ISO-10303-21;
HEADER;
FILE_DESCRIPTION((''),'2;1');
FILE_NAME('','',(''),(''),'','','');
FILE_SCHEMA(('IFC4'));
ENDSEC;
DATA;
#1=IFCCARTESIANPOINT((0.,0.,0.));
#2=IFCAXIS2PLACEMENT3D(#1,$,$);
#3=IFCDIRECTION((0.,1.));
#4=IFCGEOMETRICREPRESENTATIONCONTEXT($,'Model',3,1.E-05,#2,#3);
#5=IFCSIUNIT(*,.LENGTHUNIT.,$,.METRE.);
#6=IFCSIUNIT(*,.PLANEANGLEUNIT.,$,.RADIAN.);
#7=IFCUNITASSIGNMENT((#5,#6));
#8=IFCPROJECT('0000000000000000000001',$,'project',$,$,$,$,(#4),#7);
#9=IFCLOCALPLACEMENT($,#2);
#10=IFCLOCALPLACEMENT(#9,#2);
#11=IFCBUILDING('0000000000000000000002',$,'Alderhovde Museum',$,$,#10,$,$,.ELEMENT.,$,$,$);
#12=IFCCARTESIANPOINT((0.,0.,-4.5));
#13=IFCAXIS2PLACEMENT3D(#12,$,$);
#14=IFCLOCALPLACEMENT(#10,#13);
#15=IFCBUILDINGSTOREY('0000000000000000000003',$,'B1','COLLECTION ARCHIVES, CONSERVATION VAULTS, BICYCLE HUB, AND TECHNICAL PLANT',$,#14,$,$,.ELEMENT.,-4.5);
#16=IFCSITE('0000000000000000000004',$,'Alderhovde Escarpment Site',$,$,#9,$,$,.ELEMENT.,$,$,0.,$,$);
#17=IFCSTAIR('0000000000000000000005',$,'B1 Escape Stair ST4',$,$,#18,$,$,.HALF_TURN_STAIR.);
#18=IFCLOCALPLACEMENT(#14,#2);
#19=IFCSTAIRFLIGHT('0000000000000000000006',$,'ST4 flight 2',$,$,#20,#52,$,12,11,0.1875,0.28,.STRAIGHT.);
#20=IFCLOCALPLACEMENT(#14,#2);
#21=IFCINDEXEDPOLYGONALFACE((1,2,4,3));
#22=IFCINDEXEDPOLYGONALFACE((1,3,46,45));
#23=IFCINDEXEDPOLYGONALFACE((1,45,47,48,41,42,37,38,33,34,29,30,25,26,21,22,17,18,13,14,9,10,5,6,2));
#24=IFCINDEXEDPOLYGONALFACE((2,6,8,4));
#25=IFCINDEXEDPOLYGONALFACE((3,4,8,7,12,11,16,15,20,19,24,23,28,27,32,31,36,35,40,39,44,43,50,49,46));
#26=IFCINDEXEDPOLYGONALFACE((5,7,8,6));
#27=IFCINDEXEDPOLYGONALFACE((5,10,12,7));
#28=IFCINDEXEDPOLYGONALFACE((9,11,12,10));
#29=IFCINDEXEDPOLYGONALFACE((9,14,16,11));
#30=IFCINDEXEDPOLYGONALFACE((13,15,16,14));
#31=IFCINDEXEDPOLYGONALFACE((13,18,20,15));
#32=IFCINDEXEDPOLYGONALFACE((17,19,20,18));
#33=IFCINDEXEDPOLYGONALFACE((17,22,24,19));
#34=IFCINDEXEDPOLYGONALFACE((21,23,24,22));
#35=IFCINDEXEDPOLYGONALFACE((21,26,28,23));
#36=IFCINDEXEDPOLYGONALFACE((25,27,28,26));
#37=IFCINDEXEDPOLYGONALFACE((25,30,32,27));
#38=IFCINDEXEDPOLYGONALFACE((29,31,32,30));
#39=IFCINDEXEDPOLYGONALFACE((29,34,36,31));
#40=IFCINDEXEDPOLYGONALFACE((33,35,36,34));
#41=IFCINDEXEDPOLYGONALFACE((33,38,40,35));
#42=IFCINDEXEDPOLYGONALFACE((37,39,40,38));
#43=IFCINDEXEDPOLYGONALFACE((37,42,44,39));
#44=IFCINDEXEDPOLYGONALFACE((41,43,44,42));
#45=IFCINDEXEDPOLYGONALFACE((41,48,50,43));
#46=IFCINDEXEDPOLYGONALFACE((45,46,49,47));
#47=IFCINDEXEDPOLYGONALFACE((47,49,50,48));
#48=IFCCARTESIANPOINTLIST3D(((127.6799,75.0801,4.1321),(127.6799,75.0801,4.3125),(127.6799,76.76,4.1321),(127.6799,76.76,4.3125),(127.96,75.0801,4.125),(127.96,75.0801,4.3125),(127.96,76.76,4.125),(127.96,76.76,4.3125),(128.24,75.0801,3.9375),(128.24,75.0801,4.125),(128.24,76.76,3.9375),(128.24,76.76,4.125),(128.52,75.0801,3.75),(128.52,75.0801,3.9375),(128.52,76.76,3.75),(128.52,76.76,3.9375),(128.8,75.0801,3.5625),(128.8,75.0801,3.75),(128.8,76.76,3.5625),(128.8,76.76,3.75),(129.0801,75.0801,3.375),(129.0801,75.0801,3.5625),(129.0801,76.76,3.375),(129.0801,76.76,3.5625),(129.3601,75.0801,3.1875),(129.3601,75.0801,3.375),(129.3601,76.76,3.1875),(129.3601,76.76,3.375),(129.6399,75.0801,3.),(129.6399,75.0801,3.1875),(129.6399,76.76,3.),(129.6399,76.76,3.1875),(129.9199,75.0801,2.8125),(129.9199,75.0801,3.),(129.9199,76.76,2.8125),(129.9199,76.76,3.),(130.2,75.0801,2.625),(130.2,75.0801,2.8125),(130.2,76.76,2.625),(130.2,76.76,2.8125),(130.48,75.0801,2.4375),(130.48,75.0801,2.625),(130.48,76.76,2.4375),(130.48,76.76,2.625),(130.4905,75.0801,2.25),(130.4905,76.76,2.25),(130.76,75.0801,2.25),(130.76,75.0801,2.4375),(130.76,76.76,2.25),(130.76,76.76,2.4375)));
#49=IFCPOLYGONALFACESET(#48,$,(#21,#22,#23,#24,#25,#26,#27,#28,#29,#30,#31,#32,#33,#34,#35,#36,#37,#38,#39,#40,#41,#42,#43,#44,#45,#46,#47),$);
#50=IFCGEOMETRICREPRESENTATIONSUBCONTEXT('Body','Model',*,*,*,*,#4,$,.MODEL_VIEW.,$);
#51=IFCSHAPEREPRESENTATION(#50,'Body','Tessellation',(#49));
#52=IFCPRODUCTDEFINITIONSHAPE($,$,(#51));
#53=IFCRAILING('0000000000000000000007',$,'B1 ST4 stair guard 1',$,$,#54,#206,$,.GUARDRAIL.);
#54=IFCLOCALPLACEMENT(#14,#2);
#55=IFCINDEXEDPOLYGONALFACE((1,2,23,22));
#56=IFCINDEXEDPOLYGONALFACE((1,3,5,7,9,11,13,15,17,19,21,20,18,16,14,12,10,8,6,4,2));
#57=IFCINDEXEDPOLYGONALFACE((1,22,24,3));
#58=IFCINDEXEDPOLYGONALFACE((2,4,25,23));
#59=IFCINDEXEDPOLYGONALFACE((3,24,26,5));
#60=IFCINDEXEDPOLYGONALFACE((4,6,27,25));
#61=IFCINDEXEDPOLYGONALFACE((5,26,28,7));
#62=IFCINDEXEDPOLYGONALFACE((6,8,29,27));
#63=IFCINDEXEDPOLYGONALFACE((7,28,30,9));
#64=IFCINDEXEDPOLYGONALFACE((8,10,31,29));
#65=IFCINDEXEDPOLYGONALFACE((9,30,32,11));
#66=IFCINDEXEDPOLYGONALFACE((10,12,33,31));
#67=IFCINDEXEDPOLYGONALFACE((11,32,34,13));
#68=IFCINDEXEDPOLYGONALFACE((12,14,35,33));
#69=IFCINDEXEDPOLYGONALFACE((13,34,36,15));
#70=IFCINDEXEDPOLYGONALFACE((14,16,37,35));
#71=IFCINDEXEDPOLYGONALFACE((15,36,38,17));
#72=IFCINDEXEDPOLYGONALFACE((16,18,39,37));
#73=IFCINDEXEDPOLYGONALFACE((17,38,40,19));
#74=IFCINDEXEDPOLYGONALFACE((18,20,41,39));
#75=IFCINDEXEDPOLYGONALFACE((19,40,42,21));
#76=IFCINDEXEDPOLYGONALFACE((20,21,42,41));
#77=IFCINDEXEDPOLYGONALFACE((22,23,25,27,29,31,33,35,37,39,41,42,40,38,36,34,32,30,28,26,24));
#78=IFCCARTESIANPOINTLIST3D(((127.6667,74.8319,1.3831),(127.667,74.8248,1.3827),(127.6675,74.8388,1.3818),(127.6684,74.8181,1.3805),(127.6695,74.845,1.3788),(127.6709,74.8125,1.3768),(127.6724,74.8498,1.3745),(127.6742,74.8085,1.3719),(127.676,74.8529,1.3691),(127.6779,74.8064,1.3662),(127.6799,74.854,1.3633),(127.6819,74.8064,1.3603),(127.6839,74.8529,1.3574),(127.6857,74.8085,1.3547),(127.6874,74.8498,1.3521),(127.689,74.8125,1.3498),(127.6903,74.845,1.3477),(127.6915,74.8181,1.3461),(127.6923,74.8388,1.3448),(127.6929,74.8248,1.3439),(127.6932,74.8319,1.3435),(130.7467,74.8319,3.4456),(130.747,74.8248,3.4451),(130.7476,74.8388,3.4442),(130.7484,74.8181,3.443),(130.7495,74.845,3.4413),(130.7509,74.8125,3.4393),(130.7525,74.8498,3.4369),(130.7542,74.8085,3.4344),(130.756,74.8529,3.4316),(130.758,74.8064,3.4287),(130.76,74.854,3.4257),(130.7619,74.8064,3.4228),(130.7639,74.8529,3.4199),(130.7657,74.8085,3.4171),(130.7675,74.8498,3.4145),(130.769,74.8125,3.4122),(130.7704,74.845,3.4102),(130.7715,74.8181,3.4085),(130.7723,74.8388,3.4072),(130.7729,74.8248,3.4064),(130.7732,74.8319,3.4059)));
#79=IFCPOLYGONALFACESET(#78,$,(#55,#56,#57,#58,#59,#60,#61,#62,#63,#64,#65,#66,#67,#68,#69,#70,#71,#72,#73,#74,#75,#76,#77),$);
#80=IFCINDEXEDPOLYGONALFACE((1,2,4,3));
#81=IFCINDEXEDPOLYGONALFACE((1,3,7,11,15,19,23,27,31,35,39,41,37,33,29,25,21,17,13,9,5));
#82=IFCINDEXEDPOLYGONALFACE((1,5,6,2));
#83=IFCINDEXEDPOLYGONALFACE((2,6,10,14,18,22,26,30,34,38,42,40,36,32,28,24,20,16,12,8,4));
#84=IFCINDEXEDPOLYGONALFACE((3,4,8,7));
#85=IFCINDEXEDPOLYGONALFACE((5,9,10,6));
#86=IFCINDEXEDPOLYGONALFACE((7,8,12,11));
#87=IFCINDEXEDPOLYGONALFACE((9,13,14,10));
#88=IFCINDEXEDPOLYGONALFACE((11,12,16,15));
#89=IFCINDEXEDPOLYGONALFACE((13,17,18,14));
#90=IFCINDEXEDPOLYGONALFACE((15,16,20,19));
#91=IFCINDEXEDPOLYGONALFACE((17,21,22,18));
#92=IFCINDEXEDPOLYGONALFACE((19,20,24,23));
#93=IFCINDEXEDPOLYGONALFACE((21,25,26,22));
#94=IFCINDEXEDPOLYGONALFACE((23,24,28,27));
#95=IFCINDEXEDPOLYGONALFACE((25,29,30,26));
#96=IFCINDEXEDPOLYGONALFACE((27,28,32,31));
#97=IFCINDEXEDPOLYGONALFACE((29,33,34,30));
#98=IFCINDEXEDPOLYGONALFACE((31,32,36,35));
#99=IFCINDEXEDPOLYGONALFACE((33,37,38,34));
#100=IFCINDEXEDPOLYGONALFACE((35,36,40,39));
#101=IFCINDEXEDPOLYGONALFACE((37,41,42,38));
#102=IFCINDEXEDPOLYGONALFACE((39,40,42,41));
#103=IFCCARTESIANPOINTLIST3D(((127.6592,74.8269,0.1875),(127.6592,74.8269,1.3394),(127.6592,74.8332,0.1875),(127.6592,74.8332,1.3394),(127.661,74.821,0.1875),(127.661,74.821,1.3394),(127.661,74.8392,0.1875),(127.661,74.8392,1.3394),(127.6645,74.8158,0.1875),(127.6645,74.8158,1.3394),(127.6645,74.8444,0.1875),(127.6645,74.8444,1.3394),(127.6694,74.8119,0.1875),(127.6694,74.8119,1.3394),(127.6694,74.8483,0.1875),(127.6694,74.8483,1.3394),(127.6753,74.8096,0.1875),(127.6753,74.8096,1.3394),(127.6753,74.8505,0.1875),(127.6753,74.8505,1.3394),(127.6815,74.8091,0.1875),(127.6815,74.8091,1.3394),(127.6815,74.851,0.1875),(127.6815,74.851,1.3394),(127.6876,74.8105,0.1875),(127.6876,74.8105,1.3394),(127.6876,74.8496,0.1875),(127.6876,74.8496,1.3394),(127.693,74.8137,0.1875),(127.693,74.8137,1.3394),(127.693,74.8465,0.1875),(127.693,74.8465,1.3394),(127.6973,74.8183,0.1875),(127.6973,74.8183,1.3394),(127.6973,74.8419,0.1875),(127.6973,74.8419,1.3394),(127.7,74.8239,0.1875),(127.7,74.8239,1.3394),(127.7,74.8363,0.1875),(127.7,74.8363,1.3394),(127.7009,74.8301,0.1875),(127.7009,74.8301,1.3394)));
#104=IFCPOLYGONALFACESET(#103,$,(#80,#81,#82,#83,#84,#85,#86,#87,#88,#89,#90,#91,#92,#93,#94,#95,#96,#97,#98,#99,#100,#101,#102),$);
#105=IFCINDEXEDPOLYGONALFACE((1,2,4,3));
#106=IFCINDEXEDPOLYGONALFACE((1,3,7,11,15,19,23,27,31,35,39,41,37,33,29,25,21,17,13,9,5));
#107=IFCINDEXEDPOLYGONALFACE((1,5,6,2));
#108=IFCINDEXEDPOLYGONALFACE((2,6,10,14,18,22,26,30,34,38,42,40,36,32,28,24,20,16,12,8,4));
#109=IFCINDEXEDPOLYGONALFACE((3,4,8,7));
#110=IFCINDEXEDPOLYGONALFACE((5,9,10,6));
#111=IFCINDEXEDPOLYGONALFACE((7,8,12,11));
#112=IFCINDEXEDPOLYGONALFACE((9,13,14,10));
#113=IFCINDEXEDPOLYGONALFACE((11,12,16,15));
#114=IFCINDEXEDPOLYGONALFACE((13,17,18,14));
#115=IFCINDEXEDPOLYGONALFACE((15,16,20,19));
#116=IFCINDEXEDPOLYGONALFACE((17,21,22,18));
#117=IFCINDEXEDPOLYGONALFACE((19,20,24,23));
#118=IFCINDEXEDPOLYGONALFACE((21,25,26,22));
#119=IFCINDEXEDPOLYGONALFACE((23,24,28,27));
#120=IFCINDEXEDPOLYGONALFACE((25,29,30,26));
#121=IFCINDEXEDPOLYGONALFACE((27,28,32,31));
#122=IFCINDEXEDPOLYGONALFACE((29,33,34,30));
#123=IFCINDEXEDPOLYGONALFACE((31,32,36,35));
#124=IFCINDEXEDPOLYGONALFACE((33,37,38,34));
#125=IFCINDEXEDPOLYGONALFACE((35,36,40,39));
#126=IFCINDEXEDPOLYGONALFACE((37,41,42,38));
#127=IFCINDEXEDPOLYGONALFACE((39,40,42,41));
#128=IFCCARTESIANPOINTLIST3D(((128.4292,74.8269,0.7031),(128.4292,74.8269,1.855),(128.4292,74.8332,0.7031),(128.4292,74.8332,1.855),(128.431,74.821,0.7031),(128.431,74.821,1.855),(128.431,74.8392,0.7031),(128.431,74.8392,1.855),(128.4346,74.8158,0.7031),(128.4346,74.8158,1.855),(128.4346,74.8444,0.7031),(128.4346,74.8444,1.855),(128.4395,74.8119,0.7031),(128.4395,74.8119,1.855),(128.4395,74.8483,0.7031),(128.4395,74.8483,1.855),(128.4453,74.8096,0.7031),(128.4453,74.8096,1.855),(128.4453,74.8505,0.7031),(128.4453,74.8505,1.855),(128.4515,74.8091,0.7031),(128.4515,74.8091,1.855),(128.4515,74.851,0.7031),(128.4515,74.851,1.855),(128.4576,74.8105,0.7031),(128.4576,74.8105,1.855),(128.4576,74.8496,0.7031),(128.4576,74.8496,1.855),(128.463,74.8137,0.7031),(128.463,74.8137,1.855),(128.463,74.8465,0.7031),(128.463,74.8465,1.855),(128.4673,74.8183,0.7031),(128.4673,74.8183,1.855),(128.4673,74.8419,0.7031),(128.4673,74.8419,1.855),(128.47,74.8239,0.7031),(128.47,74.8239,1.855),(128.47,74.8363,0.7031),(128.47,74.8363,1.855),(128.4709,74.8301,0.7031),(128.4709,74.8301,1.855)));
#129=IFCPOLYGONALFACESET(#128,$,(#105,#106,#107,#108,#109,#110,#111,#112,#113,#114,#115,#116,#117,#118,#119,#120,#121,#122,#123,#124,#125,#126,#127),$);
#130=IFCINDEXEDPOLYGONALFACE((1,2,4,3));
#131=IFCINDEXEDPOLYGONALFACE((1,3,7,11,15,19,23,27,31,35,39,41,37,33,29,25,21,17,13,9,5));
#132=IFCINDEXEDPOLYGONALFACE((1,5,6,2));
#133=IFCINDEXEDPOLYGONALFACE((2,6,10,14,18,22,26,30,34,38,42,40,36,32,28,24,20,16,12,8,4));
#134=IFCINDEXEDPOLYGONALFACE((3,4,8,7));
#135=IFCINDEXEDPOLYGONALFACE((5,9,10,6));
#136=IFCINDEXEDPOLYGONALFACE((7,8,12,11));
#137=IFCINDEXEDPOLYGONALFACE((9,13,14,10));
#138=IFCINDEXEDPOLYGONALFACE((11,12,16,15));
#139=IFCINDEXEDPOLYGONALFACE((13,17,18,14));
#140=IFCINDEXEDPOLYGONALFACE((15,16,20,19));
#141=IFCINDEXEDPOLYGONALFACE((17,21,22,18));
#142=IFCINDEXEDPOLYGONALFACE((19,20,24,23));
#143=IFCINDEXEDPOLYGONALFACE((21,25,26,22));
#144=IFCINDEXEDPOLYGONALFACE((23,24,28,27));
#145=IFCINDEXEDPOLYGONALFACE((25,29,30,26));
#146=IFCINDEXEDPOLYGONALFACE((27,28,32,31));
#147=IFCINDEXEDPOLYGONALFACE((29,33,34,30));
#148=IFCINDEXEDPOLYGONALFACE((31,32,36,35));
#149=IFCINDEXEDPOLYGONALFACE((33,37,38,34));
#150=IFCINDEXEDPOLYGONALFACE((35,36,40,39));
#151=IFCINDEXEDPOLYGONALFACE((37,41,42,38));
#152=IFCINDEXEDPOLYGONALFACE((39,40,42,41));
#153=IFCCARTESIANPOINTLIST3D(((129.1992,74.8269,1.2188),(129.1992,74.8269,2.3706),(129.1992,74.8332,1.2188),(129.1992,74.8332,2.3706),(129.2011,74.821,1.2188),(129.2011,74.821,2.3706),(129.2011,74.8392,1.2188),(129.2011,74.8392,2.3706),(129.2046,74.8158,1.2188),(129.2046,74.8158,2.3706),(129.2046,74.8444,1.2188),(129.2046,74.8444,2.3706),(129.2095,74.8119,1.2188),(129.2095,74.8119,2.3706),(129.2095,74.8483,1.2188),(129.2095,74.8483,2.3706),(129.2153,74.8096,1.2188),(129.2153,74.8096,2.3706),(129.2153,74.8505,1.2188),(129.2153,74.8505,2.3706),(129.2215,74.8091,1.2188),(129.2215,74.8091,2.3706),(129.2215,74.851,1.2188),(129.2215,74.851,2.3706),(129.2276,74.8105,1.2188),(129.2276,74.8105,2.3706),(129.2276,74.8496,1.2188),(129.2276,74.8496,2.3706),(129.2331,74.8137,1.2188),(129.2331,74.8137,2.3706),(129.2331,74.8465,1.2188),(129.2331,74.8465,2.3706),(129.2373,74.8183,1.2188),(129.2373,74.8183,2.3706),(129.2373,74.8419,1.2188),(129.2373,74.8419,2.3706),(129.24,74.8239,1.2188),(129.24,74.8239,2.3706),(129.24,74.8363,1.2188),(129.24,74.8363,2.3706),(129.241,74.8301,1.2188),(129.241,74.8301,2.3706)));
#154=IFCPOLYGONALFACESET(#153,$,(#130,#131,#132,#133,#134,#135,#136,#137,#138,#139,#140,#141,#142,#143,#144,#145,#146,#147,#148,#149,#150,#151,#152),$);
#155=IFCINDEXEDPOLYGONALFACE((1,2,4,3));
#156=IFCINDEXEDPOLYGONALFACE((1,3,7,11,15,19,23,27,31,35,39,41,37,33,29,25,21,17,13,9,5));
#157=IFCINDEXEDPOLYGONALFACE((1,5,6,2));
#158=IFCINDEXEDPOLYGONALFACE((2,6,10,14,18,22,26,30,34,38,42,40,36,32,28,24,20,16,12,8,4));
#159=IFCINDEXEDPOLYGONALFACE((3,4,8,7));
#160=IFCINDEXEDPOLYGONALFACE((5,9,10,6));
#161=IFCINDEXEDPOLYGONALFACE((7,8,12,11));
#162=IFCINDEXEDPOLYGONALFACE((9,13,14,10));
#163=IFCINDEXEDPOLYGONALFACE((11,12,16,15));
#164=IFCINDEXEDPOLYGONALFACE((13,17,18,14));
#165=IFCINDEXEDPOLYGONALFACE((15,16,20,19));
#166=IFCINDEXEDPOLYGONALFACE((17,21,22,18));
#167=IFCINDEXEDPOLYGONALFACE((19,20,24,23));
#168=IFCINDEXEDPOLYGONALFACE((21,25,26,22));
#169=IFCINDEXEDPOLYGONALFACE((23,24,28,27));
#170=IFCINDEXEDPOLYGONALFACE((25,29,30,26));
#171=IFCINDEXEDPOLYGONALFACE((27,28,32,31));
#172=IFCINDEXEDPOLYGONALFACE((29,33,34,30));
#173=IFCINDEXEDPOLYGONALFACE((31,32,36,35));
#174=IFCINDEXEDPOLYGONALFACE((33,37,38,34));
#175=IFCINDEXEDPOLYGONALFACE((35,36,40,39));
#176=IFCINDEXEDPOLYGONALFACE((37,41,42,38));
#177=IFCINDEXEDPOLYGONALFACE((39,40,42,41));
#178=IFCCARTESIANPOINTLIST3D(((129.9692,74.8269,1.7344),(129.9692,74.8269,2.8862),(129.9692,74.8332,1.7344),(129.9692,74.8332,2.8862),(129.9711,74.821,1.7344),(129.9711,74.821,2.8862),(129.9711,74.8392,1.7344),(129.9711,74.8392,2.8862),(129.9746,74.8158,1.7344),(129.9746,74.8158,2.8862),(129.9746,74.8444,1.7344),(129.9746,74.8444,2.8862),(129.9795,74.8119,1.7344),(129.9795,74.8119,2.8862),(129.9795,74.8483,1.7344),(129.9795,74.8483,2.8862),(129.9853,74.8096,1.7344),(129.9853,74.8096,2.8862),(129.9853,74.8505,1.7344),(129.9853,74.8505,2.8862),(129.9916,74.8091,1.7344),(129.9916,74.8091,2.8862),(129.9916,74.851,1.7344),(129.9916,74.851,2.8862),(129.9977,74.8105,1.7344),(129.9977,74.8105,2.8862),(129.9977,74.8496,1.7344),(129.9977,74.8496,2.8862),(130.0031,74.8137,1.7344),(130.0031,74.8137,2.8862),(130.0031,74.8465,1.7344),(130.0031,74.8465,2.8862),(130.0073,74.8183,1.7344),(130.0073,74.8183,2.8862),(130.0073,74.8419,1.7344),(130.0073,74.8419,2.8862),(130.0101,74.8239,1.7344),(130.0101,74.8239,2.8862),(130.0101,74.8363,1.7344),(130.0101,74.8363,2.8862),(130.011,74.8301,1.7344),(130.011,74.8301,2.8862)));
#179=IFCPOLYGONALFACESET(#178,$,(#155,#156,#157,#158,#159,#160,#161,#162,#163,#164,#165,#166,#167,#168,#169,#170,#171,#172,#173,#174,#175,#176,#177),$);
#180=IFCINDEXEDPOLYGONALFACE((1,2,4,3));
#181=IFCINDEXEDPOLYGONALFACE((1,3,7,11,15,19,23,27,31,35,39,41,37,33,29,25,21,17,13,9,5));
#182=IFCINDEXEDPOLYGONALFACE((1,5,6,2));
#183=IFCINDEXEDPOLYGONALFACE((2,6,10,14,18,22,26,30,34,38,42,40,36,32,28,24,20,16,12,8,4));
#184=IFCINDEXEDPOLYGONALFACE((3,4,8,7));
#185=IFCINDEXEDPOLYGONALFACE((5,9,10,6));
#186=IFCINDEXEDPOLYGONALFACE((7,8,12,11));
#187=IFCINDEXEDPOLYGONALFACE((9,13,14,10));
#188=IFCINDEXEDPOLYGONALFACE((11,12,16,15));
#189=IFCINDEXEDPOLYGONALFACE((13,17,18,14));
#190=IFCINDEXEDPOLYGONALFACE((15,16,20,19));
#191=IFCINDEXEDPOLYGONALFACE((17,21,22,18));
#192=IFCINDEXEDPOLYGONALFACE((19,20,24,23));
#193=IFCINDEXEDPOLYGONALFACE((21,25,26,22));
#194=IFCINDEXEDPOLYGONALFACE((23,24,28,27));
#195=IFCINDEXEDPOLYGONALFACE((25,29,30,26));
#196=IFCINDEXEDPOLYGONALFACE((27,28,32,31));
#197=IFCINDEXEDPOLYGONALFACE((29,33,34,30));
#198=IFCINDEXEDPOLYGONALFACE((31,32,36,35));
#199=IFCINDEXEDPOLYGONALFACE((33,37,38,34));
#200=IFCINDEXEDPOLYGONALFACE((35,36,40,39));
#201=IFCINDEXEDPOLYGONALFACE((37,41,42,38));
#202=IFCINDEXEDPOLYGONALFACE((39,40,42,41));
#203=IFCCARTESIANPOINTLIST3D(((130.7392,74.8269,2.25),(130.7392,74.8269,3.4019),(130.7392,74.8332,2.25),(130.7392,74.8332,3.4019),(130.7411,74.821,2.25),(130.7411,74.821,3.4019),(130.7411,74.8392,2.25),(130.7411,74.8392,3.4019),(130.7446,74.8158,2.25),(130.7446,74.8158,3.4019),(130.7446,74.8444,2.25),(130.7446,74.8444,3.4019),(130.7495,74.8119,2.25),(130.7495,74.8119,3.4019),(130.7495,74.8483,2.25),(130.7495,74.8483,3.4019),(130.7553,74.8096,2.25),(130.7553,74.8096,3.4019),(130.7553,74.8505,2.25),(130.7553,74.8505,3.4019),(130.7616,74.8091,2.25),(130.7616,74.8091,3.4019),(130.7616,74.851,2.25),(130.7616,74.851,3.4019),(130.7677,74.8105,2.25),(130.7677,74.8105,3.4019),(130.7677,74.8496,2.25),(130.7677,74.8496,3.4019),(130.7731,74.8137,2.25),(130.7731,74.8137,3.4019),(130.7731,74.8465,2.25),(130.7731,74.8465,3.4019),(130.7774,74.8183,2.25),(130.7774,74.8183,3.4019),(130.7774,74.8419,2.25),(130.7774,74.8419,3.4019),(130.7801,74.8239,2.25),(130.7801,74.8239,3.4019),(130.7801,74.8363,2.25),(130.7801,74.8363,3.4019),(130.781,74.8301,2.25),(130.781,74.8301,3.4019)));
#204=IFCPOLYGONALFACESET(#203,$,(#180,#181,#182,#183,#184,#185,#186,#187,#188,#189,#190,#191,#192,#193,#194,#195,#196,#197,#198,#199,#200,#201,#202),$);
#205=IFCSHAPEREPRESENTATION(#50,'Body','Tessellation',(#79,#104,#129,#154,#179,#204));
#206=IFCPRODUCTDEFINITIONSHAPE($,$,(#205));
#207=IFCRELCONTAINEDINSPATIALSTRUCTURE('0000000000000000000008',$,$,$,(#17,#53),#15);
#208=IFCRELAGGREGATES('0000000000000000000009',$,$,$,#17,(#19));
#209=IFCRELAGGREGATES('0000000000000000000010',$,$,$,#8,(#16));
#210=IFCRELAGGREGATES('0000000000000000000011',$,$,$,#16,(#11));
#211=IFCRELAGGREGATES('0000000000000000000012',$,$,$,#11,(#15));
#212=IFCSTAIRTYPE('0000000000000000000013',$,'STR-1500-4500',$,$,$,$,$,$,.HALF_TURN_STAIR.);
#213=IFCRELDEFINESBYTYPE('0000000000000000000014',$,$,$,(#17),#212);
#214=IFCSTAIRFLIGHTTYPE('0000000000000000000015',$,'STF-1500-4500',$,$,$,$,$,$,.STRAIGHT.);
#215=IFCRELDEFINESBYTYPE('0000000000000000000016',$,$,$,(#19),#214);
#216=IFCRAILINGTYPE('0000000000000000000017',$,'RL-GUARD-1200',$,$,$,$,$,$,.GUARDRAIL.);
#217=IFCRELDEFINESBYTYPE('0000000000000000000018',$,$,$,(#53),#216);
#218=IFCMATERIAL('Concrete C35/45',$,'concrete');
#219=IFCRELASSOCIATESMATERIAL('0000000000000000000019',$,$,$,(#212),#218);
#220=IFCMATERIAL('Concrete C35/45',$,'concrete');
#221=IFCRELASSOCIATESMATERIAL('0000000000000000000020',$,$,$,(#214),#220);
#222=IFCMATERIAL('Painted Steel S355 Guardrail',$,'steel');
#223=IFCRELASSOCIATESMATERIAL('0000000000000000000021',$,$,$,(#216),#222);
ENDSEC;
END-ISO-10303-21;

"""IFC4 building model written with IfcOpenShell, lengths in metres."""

from ifc_helpers import new_model, si_unit, direction, frame, origin, origin_2d, place, context, subcontext, project, spatial, polyline, circle, outline, extrude, material, type_object, element, aggregate, save


model = new_model("IFC4")

# Units and contexts
model_context = context("Model", 3, precision=1e-05, world=origin(), true_north=direction((0.0, 1.0)))
body_context = subcontext(model_context, "Body", "Model", "MODEL_VIEW")
ifc_project = project(units=[si_unit("LENGTHUNIT", "METRE"), si_unit("PLANEANGLEUNIT", "RADIAN")], contexts=[model_context])

# Site, building, storey
site_placement = place(None, origin())
site = spatial("IfcSite", under=ifc_project, at=site_placement, Name="Alderhovde Escarpment Site", CompositionType="ELEMENT", RefElevation=0.0)
building_placement = place(site_placement, origin())
building = spatial("IfcBuilding", under=site, at=building_placement, Name="Alderhovde Museum", CompositionType="ELEMENT")
storey_placement = place(building_placement, frame((0.0, 0.0, -4.5)))
storey = spatial("IfcBuildingStorey", under=building, at=storey_placement, Name="B1", Description="COLLECTION ARCHIVES, CONSERVATION VAULTS, BICYCLE HUB, AND TECHNICAL PLANT", CompositionType="ELEMENT", Elevation=-4.5)

# Stair, stair flight
ifc_material_1 = material(Name="Concrete C35/45", Category="concrete")
stair_type = type_object("IfcStairType", Name="STR-1500-4500", PredefinedType="HALF_TURN_STAIR", material=ifc_material_1)
stair_placement = place(storey_placement, origin())
stair = element("IfcStair", 1, at=stair_placement, inside=storey, type_object=stair_type, Name="B1 Escape Stair ST4", PredefinedType="HALF_TURN_STAIR")
ifc_material_2 = material(Name="Concrete C35/45", Category="concrete")
stair_flight_type = type_object("IfcStairFlightType", Name="STF-1500-4500", PredefinedType="STRAIGHT", material=ifc_material_2)
stair_flight_1_placement = place(storey_placement, frame((130.76, 75.9199, 2.25), z_axis=(0.0, 0.0, 1.0), x_axis=(-1.0, 0.0, 0.0)))
stair_flight_1 = element("IfcStairFlight", 2, at=stair_flight_1_placement, type_object=stair_flight_type, Name="ST4 flight 2", NumberOfRisers=12, NumberOfTreads=11, PredefinedType="STRAIGHT", RiserHeight=0.1875, TreadLength=0.28, context=body_context, shape_type="SweptSolid", body=[
    extrude(outline(polyline([(0.0, 0.0), (0.0, 0.1875), (0.28, 0.1875), (0.28, 0.375), (0.5601, 0.375), (0.5601, 0.5625), (0.8401, 0.5625), (0.8401, 0.75), (1.1201, 0.75), (1.1201, 0.9375), (1.3999, 0.9375), (1.3999, 1.125), (1.6799, 1.125), (1.6799, 1.3125), (1.96, 1.3125), (1.96, 1.5), (2.24, 1.5), (2.24, 1.6875), (2.52, 1.6875), (2.52, 1.875), (2.8, 1.875), (2.8, 2.0625), (3.0801, 2.0625), (3.0801, 2.25), (3.0801, 1.8821), (0.2695, 0.0), (0.0, 0.0)])), frame((0.0, 0.8398, 0.0), z_axis=(0.0, -1.0, 0.0), x_axis=(1.0, 0.0, 0.0)), (0.0, 0.0, 1.0), 1.6799),
])
aggregate(stair, [stair_flight_1])

# Railing
ifc_material_3 = material(Name="Painted Steel S355 Guardrail", Category="steel")
railing_type_1 = type_object("IfcRailingType", Name="RL-GUARD-1200", PredefinedType="GUARDRAIL", material=ifc_material_3)
railing_1_placement = place(storey_placement, frame((127.6799, 74.8301, 0.1875)))
element("IfcRailing", 3, at=railing_1_placement, inside=storey, type_object=railing_type_1, Name="B1 ST4 stair guard 1", PredefinedType="GUARDRAIL", context=body_context, shape_type="SweptSolid", body=[
    extrude(circle(Radius=0.0239, at=origin_2d()), frame((0.0, 0.0, 1.1758), z_axis=(0.830914, 0.0, 0.556401), x_axis=(0.0, 1.0, 0.0)), (0.0, 0.0, 1.0), 3.7068),
    extrude(circle(Radius=0.021, at=origin_2d()), origin(), (0.0, 0.0, 1.0), 1.1519),
    extrude(circle(Radius=0.021, at=origin_2d()), frame((0.77, 0.0, 0.5156)), (0.0, 0.0, 1.0), 1.1519),
    extrude(circle(Radius=0.021, at=origin_2d()), frame((1.54, 0.0, 1.0312)), (0.0, 0.0, 1.0), 1.1519),
    extrude(circle(Radius=0.021, at=origin_2d()), frame((2.3101, 0.0, 1.5469)), (0.0, 0.0, 1.0), 1.1519),
    extrude(circle(Radius=0.021, at=origin_2d()), frame((3.0801, 0.0, 2.0625)), (0.0, 0.0, 1.0), 1.1519),
])

save(model, "model.ifc")
